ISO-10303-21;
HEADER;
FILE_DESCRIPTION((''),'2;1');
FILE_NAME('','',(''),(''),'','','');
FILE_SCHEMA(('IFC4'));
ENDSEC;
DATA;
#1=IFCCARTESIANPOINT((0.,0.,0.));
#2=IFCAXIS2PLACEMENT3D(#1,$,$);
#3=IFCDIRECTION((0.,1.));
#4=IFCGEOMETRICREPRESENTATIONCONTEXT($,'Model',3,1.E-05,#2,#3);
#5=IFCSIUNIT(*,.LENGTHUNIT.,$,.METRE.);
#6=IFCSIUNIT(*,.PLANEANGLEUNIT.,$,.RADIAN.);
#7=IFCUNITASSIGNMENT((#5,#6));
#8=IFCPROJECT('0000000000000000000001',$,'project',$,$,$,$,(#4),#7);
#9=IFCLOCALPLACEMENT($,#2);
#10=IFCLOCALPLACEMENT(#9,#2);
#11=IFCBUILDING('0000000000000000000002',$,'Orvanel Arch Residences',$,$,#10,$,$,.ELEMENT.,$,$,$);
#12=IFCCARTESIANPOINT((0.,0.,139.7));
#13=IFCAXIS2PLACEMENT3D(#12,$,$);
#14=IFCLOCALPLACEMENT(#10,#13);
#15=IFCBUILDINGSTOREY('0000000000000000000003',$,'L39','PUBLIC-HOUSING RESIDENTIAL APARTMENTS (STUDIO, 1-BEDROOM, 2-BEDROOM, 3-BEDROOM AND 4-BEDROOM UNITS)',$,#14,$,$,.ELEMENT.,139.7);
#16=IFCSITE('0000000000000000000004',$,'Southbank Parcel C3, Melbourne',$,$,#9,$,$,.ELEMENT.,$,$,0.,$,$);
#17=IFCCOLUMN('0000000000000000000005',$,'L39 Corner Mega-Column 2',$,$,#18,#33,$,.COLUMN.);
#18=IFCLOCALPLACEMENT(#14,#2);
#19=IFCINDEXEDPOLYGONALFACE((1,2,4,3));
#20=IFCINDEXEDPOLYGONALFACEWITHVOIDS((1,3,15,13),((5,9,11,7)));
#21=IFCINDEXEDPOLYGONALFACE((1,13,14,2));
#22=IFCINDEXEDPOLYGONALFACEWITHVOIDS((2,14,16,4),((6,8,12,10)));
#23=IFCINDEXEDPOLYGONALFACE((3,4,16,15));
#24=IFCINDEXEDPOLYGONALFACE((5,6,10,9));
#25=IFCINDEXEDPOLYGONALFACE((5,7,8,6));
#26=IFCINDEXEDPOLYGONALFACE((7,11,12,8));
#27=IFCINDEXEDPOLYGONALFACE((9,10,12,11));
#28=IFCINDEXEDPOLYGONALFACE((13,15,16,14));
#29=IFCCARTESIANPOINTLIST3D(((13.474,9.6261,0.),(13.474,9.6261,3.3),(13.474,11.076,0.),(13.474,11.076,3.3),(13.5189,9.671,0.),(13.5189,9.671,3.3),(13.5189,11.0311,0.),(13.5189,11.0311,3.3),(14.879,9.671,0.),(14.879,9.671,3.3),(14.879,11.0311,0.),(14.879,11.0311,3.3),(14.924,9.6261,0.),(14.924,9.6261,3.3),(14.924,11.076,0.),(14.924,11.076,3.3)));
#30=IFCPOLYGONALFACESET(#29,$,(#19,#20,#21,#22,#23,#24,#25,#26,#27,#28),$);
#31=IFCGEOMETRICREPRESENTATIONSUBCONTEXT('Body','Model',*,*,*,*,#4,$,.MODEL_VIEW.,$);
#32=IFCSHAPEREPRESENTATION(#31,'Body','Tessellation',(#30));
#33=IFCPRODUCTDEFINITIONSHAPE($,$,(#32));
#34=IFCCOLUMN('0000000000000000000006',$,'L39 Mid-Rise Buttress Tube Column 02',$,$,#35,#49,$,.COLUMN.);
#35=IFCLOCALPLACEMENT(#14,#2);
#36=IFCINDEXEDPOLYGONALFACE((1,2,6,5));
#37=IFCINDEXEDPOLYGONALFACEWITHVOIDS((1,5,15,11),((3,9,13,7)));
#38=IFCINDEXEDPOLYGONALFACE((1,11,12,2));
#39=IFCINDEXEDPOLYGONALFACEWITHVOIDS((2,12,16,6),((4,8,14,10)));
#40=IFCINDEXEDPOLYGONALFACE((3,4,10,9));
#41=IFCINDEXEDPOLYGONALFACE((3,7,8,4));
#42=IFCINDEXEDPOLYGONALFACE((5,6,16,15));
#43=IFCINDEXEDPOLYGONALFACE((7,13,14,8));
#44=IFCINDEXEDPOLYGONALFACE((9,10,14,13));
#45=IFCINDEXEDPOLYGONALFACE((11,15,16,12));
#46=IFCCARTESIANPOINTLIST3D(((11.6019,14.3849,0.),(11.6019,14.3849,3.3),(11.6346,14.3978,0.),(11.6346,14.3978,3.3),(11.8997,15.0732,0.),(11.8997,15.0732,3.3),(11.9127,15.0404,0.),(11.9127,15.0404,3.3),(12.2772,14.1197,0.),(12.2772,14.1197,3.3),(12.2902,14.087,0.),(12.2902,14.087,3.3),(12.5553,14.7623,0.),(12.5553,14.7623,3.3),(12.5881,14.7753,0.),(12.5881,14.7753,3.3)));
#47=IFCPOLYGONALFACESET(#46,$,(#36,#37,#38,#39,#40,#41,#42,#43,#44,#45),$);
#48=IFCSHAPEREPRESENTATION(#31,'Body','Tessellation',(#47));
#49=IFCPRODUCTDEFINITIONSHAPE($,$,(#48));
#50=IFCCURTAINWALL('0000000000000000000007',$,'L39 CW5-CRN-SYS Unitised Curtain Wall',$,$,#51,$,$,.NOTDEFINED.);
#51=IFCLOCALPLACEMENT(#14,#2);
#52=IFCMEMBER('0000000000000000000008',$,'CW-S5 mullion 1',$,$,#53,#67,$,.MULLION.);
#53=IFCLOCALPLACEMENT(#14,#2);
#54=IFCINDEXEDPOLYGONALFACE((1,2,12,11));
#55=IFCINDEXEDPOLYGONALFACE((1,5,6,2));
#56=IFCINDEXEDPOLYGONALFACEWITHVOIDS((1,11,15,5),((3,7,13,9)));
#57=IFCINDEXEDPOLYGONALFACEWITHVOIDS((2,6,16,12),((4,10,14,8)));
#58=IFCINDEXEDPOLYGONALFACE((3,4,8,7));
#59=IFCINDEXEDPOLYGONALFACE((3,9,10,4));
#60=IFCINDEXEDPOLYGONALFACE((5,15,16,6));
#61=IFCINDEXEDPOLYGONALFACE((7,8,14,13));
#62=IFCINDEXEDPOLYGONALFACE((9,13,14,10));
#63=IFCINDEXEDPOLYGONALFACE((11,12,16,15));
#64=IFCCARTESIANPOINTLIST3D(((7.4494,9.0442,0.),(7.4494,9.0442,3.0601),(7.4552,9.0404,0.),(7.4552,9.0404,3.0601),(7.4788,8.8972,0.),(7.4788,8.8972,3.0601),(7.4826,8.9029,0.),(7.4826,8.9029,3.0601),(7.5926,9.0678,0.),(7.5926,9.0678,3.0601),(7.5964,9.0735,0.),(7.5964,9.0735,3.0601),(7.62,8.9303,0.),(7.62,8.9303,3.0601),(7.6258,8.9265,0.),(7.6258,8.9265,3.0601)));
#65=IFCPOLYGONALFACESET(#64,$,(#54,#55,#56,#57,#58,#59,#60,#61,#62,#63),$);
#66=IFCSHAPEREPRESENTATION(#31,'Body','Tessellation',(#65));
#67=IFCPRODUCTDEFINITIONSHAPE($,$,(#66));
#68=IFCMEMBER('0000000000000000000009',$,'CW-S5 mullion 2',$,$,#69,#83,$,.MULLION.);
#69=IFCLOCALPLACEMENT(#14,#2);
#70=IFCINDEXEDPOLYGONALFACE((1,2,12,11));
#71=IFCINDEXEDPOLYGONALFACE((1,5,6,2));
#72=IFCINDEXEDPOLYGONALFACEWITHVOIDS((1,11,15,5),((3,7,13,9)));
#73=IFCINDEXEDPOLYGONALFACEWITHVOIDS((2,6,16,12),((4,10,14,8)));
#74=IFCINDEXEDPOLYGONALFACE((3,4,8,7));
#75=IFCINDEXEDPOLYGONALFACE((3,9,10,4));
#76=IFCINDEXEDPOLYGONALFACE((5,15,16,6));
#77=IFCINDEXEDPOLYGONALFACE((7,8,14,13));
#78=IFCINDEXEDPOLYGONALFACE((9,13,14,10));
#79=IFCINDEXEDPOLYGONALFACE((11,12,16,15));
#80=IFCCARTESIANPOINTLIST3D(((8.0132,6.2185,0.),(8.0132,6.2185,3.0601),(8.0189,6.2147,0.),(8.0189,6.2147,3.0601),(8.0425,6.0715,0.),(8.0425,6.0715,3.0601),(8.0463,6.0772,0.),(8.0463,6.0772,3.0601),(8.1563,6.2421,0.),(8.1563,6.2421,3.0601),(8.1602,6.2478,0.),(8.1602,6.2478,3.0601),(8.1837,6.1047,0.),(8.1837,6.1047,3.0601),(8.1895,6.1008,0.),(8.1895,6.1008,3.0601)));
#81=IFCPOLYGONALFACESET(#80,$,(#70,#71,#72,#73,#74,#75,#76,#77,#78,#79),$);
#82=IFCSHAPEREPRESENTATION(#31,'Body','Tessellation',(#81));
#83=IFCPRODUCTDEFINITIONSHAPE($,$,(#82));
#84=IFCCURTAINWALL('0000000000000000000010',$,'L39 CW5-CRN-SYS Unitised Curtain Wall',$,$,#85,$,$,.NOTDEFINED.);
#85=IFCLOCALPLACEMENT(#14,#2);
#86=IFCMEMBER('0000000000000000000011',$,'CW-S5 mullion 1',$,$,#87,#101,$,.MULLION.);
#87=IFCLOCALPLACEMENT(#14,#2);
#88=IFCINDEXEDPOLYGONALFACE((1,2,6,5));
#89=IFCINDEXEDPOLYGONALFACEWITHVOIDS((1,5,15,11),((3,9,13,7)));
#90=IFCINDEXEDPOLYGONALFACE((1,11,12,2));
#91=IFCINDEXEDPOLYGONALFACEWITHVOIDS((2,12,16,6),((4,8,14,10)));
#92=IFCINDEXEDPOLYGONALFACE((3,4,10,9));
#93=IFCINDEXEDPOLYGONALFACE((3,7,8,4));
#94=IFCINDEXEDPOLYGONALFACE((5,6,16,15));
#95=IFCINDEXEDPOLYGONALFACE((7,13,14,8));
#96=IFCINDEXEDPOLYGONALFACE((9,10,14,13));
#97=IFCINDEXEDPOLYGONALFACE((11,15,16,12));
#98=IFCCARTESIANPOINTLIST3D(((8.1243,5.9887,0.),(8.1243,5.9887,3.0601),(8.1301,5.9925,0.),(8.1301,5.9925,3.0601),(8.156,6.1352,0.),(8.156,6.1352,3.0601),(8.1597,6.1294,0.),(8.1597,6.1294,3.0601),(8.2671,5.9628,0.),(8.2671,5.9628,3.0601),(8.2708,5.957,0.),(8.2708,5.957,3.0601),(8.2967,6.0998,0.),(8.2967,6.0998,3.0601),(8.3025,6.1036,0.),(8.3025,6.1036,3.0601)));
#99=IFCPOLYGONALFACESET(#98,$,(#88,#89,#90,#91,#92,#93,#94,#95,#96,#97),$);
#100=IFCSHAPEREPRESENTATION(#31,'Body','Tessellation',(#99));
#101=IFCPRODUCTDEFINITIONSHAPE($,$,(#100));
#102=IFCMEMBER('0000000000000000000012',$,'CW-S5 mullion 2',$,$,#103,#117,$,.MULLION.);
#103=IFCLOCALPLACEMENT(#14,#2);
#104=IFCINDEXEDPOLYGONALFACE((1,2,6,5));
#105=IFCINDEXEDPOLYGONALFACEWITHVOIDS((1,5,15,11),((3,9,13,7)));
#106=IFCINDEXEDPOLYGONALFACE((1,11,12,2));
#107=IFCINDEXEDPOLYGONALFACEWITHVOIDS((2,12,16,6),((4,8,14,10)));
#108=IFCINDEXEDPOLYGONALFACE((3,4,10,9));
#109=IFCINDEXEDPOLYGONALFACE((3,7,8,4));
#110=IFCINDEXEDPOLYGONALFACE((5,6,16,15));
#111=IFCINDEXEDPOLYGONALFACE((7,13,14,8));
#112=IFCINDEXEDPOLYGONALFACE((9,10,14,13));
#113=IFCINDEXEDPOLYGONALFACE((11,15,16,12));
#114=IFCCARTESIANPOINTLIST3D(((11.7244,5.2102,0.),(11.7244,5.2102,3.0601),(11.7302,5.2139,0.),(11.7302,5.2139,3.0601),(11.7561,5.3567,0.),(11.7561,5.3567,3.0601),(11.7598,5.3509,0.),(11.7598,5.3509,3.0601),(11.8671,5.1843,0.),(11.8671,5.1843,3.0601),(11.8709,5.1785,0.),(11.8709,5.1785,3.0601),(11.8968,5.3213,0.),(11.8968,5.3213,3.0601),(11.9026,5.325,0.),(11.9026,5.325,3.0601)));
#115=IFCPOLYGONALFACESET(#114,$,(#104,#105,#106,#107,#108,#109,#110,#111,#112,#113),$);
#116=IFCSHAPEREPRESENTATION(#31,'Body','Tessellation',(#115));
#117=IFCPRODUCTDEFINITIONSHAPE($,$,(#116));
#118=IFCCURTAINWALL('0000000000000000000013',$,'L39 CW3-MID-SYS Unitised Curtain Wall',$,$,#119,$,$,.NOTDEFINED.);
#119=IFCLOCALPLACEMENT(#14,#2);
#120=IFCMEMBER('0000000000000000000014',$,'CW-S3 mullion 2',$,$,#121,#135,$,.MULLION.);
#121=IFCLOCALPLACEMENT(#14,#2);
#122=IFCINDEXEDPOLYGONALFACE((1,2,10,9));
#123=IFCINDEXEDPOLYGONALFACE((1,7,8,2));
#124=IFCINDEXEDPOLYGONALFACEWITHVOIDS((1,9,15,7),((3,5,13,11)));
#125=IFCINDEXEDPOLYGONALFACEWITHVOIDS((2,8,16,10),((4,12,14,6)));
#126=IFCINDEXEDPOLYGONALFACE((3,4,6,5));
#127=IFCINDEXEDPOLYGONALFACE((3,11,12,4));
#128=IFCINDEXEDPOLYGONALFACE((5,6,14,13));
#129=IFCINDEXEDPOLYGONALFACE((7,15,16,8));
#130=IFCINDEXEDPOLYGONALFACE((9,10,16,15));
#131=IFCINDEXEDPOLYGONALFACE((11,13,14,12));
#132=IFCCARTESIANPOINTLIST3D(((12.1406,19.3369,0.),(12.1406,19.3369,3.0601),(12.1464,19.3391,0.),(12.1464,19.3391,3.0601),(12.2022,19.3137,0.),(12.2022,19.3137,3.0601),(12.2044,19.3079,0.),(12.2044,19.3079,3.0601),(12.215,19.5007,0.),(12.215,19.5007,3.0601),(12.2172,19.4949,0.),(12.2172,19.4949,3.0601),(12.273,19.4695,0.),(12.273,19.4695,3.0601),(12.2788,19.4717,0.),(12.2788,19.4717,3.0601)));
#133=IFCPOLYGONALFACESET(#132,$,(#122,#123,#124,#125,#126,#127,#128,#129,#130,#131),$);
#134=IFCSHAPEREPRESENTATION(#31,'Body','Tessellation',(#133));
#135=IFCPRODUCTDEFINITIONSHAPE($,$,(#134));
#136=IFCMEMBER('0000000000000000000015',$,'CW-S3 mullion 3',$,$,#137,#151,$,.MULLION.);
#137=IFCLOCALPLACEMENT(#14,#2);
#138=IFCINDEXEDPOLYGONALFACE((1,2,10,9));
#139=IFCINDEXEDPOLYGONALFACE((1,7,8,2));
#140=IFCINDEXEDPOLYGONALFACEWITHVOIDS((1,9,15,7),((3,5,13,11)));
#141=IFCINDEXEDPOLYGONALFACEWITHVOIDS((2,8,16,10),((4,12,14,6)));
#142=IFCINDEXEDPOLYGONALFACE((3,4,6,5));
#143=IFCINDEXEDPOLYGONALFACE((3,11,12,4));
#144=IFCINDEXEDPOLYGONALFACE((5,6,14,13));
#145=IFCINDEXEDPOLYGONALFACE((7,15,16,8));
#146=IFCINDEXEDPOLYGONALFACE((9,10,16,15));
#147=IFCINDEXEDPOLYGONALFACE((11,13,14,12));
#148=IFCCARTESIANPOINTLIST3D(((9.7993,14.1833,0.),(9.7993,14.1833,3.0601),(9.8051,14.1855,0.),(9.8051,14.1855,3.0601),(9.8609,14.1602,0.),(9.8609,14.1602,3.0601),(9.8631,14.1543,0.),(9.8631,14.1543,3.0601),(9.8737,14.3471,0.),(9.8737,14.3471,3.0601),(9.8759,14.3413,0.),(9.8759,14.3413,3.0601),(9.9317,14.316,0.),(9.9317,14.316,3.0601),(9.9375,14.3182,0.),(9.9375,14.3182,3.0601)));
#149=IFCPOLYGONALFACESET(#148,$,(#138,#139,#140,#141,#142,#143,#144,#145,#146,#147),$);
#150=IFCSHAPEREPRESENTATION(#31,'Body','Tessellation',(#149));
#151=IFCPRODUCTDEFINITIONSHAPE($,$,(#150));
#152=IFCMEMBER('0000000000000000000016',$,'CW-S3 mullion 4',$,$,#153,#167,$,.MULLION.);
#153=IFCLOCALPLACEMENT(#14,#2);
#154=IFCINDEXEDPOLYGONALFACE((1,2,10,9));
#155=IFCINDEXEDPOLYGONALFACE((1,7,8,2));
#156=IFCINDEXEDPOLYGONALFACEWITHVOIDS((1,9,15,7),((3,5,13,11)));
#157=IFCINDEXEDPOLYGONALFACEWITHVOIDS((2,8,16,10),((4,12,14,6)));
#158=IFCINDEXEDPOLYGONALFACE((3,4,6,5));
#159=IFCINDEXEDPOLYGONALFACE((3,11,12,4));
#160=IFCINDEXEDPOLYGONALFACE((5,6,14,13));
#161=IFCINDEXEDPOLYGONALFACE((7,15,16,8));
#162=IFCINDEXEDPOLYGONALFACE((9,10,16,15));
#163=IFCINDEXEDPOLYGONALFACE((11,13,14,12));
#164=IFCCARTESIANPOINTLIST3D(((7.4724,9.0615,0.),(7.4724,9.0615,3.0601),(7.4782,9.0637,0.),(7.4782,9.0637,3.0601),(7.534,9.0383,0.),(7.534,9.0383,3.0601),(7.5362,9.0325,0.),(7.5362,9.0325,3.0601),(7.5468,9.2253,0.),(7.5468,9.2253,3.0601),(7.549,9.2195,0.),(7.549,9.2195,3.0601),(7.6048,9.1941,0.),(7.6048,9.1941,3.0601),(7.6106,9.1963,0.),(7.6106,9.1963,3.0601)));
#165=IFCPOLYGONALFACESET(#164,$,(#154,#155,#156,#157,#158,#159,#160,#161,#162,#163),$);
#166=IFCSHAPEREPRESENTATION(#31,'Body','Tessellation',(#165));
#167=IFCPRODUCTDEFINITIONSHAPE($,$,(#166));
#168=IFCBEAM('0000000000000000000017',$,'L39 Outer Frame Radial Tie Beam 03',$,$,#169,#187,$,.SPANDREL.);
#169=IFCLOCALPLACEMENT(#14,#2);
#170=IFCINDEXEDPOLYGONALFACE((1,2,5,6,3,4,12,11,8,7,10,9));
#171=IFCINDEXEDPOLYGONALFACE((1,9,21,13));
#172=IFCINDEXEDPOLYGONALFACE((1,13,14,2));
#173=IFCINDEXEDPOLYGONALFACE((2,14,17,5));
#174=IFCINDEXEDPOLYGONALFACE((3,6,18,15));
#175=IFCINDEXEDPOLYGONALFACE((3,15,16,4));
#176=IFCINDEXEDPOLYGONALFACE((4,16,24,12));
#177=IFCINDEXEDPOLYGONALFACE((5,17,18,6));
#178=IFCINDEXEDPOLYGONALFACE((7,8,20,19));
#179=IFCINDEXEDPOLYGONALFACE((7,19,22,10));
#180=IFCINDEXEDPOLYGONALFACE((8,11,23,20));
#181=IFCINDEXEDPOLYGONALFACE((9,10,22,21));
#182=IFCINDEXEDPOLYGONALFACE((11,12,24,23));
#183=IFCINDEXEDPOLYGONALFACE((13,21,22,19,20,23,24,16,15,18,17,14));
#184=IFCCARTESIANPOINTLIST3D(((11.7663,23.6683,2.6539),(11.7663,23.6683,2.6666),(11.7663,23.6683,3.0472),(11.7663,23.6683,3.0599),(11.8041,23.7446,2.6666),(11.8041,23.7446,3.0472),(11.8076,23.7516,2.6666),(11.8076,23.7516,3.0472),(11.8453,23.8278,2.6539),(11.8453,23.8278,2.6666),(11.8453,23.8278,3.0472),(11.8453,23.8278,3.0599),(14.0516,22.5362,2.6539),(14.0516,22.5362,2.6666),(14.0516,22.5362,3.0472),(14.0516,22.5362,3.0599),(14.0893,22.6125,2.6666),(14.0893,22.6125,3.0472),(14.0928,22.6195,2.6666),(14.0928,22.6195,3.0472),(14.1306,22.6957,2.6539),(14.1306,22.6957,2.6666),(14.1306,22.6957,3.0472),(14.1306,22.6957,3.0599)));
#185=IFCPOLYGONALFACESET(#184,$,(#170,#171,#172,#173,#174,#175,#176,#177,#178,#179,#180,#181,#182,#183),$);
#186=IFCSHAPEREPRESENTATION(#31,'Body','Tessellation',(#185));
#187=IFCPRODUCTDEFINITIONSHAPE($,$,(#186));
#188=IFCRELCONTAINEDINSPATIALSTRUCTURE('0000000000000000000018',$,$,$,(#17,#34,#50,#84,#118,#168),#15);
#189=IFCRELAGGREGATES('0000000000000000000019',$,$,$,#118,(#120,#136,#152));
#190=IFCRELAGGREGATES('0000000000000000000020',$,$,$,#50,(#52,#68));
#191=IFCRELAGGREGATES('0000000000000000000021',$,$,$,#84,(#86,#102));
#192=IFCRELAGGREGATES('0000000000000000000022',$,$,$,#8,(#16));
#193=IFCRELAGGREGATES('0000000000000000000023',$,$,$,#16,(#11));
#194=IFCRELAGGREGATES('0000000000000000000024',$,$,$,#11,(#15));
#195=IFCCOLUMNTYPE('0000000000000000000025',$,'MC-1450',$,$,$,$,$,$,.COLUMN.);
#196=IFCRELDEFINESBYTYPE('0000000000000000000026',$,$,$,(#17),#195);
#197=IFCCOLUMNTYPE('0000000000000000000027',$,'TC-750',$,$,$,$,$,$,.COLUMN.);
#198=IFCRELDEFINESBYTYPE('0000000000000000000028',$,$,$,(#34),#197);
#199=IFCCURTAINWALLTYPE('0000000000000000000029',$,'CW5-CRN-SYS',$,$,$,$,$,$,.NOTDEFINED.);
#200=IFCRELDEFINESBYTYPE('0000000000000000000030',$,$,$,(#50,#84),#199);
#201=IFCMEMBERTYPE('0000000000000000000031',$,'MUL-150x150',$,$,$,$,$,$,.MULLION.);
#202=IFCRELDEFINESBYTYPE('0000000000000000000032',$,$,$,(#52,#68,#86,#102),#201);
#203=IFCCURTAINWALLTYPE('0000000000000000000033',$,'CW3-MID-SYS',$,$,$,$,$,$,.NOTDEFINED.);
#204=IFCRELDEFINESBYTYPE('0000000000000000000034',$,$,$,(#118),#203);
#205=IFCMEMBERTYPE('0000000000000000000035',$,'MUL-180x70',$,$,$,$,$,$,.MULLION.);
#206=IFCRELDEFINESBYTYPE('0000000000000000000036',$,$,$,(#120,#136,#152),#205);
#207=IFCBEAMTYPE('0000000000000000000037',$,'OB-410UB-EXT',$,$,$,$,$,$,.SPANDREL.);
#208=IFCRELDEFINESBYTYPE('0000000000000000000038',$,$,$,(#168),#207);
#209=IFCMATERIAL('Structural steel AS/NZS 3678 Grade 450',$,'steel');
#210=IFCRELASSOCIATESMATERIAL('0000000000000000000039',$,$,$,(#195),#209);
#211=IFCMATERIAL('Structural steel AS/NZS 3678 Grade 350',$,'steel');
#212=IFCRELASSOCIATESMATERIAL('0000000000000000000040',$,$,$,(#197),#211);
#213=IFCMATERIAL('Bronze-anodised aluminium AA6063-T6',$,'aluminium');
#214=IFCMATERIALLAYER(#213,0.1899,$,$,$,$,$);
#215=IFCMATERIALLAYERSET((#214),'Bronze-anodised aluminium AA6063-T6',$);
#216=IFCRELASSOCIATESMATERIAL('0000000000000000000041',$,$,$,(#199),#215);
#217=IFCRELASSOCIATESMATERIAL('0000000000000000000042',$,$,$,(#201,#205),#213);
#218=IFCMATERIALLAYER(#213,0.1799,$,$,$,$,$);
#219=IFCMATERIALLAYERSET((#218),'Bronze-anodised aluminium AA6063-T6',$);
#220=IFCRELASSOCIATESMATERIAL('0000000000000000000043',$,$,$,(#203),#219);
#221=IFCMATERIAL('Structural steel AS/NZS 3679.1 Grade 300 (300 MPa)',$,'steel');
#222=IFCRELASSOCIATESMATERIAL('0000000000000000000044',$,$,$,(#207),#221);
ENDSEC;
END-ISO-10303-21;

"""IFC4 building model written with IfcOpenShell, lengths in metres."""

from ifc_helpers import new_model, si_unit, direction, frame, origin, origin_2d, place, context, subcontext, project, spatial, hollow_rectangle, i_section, extrude, material, layer, layer_set, material_profile, profile_set, type_object, element, aggregate, save


model = new_model("IFC4")

# Units and contexts
model_context = context("Model", 3, precision=1e-05, world=origin(), true_north=direction((0.0, 1.0)))
body_context = subcontext(model_context, "Body", "Model", "MODEL_VIEW")
ifc_project = project(units=[si_unit("LENGTHUNIT", "METRE"), si_unit("PLANEANGLEUNIT", "RADIAN")], contexts=[model_context])

# Site, building, storey
site_placement = place(None, origin())
site = spatial("IfcSite", under=ifc_project, at=site_placement, Name="Southbank Parcel C3, Melbourne", CompositionType="ELEMENT", RefElevation=0.0)
building_placement = place(site_placement, origin())
building = spatial("IfcBuilding", under=site, at=building_placement, Name="Orvanel Arch Residences", CompositionType="ELEMENT")
storey_placement = place(building_placement, frame((0.0, 0.0, 139.7)))
storey = spatial("IfcBuildingStorey", under=building, at=storey_placement, Name="L39", Description="PUBLIC-HOUSING RESIDENTIAL APARTMENTS (STUDIO, 1-BEDROOM, 2-BEDROOM, 3-BEDROOM AND 4-BEDROOM UNITS)", CompositionType="ELEMENT", Elevation=139.7)

# Columns
ifc_material_1 = material(Name="Structural steel AS/NZS 3678 Grade 450", Category="steel")
ifc_material_profile_1 = material_profile(ifc_material_1, hollow_rectangle(XDim=1.45, YDim=1.45, WallThickness=0.0449, at=origin_2d()), Name="BOX1450x1450x45")
ifc_profile_set_1 = profile_set([ifc_material_profile_1], Name="Structural steel AS/NZS 3678 Grade 450")
column_type_1 = type_object("IfcColumnType", Name="MC-1450", PredefinedType="COLUMN", material=ifc_profile_set_1)
column_1_placement = place(storey_placement, frame((14.199, 10.3511, 0.0), z_axis=(0.0, 0.0, 1.0), x_axis=(1.0, 0.0, 0.0)))
element("IfcColumn", 1, at=column_1_placement, inside=storey, type_object=column_type_1, Name="L39 Corner Mega-Column 2", PredefinedType="COLUMN", context=body_context, shape_type="SweptSolid", body=[
    extrude(hollow_rectangle(XDim=1.45, YDim=1.45, WallThickness=0.0449, at=origin_2d()), origin(), (0.0, 0.0, 1.0), 3.3),
])
ifc_material_2 = material(Name="Structural steel AS/NZS 3678 Grade 350", Category="steel")
ifc_material_profile_2 = material_profile(ifc_material_2, hollow_rectangle(XDim=0.75, YDim=0.75, WallThickness=0.0249, at=origin_2d()), Name="BOX750x750x25")
ifc_profile_set_2 = profile_set([ifc_material_profile_2], Name="Structural steel AS/NZS 3678 Grade 350")
column_type_2 = type_object("IfcColumnType", Name="TC-750", PredefinedType="COLUMN", material=ifc_profile_set_2)
column_2_placement = place(storey_placement, frame((12.095, 14.5801, 0.0), z_axis=(0.0, 0.0, 1.0), x_axis=(0.397148, 0.917755, 0.0)))
element("IfcColumn", 2, at=column_2_placement, inside=storey, type_object=column_type_2, Name="L39 Mid-Rise Buttress Tube Column 02", PredefinedType="COLUMN", context=body_context, shape_type="SweptSolid", body=[
    extrude(hollow_rectangle(XDim=0.75, YDim=0.75, WallThickness=0.0249, at=origin_2d()), origin(), (0.0, 0.0, 1.0), 3.3),
])

# Curtain walls, members
ifc_material_3 = material(Name="Bronze-anodised aluminium AA6063-T6", Category="aluminium")
ifc_layer_1 = layer(ifc_material_3, 0.1899)
ifc_layer_set_1 = layer_set([ifc_layer_1], Name="Bronze-anodised aluminium AA6063-T6")
curtain_wall_type_1 = type_object("IfcCurtainWallType", Name="CW5-CRN-SYS", PredefinedType="NOTDEFINED", material=ifc_layer_set_1)
curtain_wall_1_placement = place(storey_placement, origin())
curtain_wall_1 = element("IfcCurtainWall", 3, at=curtain_wall_1_placement, inside=storey, type_object=curtain_wall_type_1, Name="L39 CW5-CRN-SYS Unitised Curtain Wall", PredefinedType="NOTDEFINED")
ifc_material_profile_3 = material_profile(ifc_material_3, hollow_rectangle(XDim=0.1499, YDim=0.1499, WallThickness=0.0049, at=origin_2d()), Name="ALU150x150x5")
ifc_profile_set_3 = profile_set([ifc_material_profile_3], Name="Bronze-anodised aluminium AA6063-T6")
member_type_1 = type_object("IfcMemberType", Name="MUL-150x150", PredefinedType="MULLION", material=ifc_profile_set_3)
member_1_placement = place(storey_placement, frame((7.5376, 8.9854, 0.0), z_axis=(0.0, 0.0, 1.0), x_axis=(0.980682, 0.195609, 0.0)))
member_1 = element("IfcMember", 4, at=member_1_placement, type_object=member_type_1, Name="CW-S5 mullion 1", PredefinedType="MULLION", context=body_context, shape_type="SweptSolid", body=[
    extrude(hollow_rectangle(XDim=0.1499, YDim=0.1499, WallThickness=0.0049, at=origin_2d()), origin(), (0.0, 0.0, 1.0), 3.0601),
])
member_2_placement = place(storey_placement, frame((8.1013, 6.1597, 0.0), z_axis=(0.0, 0.0, 1.0), x_axis=(0.980682, 0.195609, 0.0)))
member_2 = element("IfcMember", 5, at=member_2_placement, type_object=member_type_1, Name="CW-S5 mullion 2", PredefinedType="MULLION", context=body_context, shape_type="SweptSolid", body=[
    extrude(hollow_rectangle(XDim=0.1499, YDim=0.1499, WallThickness=0.0049, at=origin_2d()), origin(), (0.0, 0.0, 1.0), 3.0601),
])
curtain_wall_2_placement = place(storey_placement, origin())
curtain_wall_2 = element("IfcCurtainWall", 6, at=curtain_wall_2_placement, inside=storey, type_object=curtain_wall_type_1, Name="L39 CW5-CRN-SYS Unitised Curtain Wall", PredefinedType="NOTDEFINED")
member_3_placement = place(storey_placement, frame((8.2134, 6.0461, 0.0), z_axis=(0.0, 0.0, 1.0), x_axis=(0.211391, 0.977402, 0.0)))
member_3 = element("IfcMember", 7, at=member_3_placement, type_object=member_type_1, Name="CW-S5 mullion 1", PredefinedType="MULLION", context=body_context, shape_type="SweptSolid", body=[
    extrude(hollow_rectangle(XDim=0.1499, YDim=0.1499, WallThickness=0.0049, at=origin_2d()), origin(), (0.0, 0.0, 1.0), 3.0601),
])
member_4_placement = place(storey_placement, frame((11.8135, 5.2676, 0.0), z_axis=(0.0, 0.0, 1.0), x_axis=(0.211391, 0.977402, 0.0)))
member_4 = element("IfcMember", 8, at=member_4_placement, type_object=member_type_1, Name="CW-S5 mullion 2", PredefinedType="MULLION", context=body_context, shape_type="SweptSolid", body=[
    extrude(hollow_rectangle(XDim=0.1499, YDim=0.1499, WallThickness=0.0049, at=origin_2d()), origin(), (0.0, 0.0, 1.0), 3.0601),
])
ifc_layer_2 = layer(ifc_material_3, 0.1799)
ifc_layer_set_2 = layer_set([ifc_layer_2], Name="Bronze-anodised aluminium AA6063-T6")
curtain_wall_type_2 = type_object("IfcCurtainWallType", Name="CW3-MID-SYS", PredefinedType="NOTDEFINED", material=ifc_layer_set_2)
curtain_wall_3_placement = place(storey_placement, origin())
curtain_wall_3 = element("IfcCurtainWall", 9, at=curtain_wall_3_placement, inside=storey, type_object=curtain_wall_type_2, Name="L39 CW3-MID-SYS Unitised Curtain Wall", PredefinedType="NOTDEFINED")
ifc_material_profile_4 = material_profile(ifc_material_3, hollow_rectangle(XDim=0.0701, YDim=0.1799, WallThickness=0.0044, at=origin_2d()), Name="ALU180x70x4.5")
ifc_profile_set_4 = profile_set([ifc_material_profile_4], Name="Bronze-anodised aluminium AA6063-T6")
member_type_2 = type_object("IfcMemberType", Name="MUL-180x70", PredefinedType="MULLION", material=ifc_profile_set_4)
member_5_placement = place(storey_placement, frame((12.2097, 19.4043, 0.0), z_axis=(0.0, 0.0, 1.0), x_axis=(0.910449, -0.413621, 0.0)))
member_5 = element("IfcMember", 10, at=member_5_placement, type_object=member_type_2, Name="CW-S3 mullion 2", PredefinedType="MULLION", context=body_context, shape_type="SweptSolid", body=[
    extrude(hollow_rectangle(XDim=0.0701, YDim=0.1799, WallThickness=0.0044, at=origin_2d()), origin(), (0.0, 0.0, 1.0), 3.0601),
])
member_6_placement = place(storey_placement, frame((9.8684, 14.2507, 0.0), z_axis=(0.0, 0.0, 1.0), x_axis=(0.910449, -0.413621, 0.0)))
member_6 = element("IfcMember", 11, at=member_6_placement, type_object=member_type_2, Name="CW-S3 mullion 3", PredefinedType="MULLION", context=body_context, shape_type="SweptSolid", body=[
    extrude(hollow_rectangle(XDim=0.0701, YDim=0.1799, WallThickness=0.0044, at=origin_2d()), origin(), (0.0, 0.0, 1.0), 3.0601),
])
member_7_placement = place(storey_placement, frame((7.5415, 9.1289, 0.0), z_axis=(0.0, 0.0, 1.0), x_axis=(0.910449, -0.413621, 0.0)))
member_7 = element("IfcMember", 12, at=member_7_placement, type_object=member_type_2, Name="CW-S3 mullion 4", PredefinedType="MULLION", context=body_context, shape_type="SweptSolid", body=[
    extrude(hollow_rectangle(XDim=0.0701, YDim=0.1799, WallThickness=0.0044, at=origin_2d()), origin(), (0.0, 0.0, 1.0), 3.0601),
])

# Beam
ifc_material_4 = material(Name="Structural steel AS/NZS 3679.1 Grade 300 (300 MPa)", Category="steel")
ifc_material_profile_5 = material_profile(ifc_material_4, i_section(OverallWidth=0.178, OverallDepth=0.406, WebThickness=0.0078, FlangeThickness=0.0127, at=origin_2d()), Name="410UB59.7")
ifc_profile_set_5 = profile_set([ifc_material_profile_5], Name="Structural steel AS/NZS 3679.1 Grade 300 (300 MPa)")
beam_type_1 = type_object("IfcBeamType", Name="OB-410UB-EXT", PredefinedType="SPANDREL", material=ifc_profile_set_5)
beam_1_placement = place(storey_placement, frame((14.0911, 22.616, 2.8569), z_axis=(-0.896068, 0.443917, 0.0), x_axis=(-0.443917, -0.896068, 0.0)))
element("IfcBeam", 13, at=beam_1_placement, inside=storey, type_object=beam_type_1, Name="L39 Outer Frame Radial Tie Beam 03", PredefinedType="SPANDREL", context=body_context, shape_type="SweptSolid", body=[
    extrude(i_section(OverallWidth=0.178, OverallDepth=0.406, WebThickness=0.0078, FlangeThickness=0.0127, at=origin_2d()), origin(), (0.0, 0.0, 1.0), 2.5503),
])

aggregate(curtain_wall_3, [member_5, member_6, member_7])
aggregate(curtain_wall_1, [member_1, member_2])
aggregate(curtain_wall_2, [member_3, member_4])

save(model, "model.ifc")
